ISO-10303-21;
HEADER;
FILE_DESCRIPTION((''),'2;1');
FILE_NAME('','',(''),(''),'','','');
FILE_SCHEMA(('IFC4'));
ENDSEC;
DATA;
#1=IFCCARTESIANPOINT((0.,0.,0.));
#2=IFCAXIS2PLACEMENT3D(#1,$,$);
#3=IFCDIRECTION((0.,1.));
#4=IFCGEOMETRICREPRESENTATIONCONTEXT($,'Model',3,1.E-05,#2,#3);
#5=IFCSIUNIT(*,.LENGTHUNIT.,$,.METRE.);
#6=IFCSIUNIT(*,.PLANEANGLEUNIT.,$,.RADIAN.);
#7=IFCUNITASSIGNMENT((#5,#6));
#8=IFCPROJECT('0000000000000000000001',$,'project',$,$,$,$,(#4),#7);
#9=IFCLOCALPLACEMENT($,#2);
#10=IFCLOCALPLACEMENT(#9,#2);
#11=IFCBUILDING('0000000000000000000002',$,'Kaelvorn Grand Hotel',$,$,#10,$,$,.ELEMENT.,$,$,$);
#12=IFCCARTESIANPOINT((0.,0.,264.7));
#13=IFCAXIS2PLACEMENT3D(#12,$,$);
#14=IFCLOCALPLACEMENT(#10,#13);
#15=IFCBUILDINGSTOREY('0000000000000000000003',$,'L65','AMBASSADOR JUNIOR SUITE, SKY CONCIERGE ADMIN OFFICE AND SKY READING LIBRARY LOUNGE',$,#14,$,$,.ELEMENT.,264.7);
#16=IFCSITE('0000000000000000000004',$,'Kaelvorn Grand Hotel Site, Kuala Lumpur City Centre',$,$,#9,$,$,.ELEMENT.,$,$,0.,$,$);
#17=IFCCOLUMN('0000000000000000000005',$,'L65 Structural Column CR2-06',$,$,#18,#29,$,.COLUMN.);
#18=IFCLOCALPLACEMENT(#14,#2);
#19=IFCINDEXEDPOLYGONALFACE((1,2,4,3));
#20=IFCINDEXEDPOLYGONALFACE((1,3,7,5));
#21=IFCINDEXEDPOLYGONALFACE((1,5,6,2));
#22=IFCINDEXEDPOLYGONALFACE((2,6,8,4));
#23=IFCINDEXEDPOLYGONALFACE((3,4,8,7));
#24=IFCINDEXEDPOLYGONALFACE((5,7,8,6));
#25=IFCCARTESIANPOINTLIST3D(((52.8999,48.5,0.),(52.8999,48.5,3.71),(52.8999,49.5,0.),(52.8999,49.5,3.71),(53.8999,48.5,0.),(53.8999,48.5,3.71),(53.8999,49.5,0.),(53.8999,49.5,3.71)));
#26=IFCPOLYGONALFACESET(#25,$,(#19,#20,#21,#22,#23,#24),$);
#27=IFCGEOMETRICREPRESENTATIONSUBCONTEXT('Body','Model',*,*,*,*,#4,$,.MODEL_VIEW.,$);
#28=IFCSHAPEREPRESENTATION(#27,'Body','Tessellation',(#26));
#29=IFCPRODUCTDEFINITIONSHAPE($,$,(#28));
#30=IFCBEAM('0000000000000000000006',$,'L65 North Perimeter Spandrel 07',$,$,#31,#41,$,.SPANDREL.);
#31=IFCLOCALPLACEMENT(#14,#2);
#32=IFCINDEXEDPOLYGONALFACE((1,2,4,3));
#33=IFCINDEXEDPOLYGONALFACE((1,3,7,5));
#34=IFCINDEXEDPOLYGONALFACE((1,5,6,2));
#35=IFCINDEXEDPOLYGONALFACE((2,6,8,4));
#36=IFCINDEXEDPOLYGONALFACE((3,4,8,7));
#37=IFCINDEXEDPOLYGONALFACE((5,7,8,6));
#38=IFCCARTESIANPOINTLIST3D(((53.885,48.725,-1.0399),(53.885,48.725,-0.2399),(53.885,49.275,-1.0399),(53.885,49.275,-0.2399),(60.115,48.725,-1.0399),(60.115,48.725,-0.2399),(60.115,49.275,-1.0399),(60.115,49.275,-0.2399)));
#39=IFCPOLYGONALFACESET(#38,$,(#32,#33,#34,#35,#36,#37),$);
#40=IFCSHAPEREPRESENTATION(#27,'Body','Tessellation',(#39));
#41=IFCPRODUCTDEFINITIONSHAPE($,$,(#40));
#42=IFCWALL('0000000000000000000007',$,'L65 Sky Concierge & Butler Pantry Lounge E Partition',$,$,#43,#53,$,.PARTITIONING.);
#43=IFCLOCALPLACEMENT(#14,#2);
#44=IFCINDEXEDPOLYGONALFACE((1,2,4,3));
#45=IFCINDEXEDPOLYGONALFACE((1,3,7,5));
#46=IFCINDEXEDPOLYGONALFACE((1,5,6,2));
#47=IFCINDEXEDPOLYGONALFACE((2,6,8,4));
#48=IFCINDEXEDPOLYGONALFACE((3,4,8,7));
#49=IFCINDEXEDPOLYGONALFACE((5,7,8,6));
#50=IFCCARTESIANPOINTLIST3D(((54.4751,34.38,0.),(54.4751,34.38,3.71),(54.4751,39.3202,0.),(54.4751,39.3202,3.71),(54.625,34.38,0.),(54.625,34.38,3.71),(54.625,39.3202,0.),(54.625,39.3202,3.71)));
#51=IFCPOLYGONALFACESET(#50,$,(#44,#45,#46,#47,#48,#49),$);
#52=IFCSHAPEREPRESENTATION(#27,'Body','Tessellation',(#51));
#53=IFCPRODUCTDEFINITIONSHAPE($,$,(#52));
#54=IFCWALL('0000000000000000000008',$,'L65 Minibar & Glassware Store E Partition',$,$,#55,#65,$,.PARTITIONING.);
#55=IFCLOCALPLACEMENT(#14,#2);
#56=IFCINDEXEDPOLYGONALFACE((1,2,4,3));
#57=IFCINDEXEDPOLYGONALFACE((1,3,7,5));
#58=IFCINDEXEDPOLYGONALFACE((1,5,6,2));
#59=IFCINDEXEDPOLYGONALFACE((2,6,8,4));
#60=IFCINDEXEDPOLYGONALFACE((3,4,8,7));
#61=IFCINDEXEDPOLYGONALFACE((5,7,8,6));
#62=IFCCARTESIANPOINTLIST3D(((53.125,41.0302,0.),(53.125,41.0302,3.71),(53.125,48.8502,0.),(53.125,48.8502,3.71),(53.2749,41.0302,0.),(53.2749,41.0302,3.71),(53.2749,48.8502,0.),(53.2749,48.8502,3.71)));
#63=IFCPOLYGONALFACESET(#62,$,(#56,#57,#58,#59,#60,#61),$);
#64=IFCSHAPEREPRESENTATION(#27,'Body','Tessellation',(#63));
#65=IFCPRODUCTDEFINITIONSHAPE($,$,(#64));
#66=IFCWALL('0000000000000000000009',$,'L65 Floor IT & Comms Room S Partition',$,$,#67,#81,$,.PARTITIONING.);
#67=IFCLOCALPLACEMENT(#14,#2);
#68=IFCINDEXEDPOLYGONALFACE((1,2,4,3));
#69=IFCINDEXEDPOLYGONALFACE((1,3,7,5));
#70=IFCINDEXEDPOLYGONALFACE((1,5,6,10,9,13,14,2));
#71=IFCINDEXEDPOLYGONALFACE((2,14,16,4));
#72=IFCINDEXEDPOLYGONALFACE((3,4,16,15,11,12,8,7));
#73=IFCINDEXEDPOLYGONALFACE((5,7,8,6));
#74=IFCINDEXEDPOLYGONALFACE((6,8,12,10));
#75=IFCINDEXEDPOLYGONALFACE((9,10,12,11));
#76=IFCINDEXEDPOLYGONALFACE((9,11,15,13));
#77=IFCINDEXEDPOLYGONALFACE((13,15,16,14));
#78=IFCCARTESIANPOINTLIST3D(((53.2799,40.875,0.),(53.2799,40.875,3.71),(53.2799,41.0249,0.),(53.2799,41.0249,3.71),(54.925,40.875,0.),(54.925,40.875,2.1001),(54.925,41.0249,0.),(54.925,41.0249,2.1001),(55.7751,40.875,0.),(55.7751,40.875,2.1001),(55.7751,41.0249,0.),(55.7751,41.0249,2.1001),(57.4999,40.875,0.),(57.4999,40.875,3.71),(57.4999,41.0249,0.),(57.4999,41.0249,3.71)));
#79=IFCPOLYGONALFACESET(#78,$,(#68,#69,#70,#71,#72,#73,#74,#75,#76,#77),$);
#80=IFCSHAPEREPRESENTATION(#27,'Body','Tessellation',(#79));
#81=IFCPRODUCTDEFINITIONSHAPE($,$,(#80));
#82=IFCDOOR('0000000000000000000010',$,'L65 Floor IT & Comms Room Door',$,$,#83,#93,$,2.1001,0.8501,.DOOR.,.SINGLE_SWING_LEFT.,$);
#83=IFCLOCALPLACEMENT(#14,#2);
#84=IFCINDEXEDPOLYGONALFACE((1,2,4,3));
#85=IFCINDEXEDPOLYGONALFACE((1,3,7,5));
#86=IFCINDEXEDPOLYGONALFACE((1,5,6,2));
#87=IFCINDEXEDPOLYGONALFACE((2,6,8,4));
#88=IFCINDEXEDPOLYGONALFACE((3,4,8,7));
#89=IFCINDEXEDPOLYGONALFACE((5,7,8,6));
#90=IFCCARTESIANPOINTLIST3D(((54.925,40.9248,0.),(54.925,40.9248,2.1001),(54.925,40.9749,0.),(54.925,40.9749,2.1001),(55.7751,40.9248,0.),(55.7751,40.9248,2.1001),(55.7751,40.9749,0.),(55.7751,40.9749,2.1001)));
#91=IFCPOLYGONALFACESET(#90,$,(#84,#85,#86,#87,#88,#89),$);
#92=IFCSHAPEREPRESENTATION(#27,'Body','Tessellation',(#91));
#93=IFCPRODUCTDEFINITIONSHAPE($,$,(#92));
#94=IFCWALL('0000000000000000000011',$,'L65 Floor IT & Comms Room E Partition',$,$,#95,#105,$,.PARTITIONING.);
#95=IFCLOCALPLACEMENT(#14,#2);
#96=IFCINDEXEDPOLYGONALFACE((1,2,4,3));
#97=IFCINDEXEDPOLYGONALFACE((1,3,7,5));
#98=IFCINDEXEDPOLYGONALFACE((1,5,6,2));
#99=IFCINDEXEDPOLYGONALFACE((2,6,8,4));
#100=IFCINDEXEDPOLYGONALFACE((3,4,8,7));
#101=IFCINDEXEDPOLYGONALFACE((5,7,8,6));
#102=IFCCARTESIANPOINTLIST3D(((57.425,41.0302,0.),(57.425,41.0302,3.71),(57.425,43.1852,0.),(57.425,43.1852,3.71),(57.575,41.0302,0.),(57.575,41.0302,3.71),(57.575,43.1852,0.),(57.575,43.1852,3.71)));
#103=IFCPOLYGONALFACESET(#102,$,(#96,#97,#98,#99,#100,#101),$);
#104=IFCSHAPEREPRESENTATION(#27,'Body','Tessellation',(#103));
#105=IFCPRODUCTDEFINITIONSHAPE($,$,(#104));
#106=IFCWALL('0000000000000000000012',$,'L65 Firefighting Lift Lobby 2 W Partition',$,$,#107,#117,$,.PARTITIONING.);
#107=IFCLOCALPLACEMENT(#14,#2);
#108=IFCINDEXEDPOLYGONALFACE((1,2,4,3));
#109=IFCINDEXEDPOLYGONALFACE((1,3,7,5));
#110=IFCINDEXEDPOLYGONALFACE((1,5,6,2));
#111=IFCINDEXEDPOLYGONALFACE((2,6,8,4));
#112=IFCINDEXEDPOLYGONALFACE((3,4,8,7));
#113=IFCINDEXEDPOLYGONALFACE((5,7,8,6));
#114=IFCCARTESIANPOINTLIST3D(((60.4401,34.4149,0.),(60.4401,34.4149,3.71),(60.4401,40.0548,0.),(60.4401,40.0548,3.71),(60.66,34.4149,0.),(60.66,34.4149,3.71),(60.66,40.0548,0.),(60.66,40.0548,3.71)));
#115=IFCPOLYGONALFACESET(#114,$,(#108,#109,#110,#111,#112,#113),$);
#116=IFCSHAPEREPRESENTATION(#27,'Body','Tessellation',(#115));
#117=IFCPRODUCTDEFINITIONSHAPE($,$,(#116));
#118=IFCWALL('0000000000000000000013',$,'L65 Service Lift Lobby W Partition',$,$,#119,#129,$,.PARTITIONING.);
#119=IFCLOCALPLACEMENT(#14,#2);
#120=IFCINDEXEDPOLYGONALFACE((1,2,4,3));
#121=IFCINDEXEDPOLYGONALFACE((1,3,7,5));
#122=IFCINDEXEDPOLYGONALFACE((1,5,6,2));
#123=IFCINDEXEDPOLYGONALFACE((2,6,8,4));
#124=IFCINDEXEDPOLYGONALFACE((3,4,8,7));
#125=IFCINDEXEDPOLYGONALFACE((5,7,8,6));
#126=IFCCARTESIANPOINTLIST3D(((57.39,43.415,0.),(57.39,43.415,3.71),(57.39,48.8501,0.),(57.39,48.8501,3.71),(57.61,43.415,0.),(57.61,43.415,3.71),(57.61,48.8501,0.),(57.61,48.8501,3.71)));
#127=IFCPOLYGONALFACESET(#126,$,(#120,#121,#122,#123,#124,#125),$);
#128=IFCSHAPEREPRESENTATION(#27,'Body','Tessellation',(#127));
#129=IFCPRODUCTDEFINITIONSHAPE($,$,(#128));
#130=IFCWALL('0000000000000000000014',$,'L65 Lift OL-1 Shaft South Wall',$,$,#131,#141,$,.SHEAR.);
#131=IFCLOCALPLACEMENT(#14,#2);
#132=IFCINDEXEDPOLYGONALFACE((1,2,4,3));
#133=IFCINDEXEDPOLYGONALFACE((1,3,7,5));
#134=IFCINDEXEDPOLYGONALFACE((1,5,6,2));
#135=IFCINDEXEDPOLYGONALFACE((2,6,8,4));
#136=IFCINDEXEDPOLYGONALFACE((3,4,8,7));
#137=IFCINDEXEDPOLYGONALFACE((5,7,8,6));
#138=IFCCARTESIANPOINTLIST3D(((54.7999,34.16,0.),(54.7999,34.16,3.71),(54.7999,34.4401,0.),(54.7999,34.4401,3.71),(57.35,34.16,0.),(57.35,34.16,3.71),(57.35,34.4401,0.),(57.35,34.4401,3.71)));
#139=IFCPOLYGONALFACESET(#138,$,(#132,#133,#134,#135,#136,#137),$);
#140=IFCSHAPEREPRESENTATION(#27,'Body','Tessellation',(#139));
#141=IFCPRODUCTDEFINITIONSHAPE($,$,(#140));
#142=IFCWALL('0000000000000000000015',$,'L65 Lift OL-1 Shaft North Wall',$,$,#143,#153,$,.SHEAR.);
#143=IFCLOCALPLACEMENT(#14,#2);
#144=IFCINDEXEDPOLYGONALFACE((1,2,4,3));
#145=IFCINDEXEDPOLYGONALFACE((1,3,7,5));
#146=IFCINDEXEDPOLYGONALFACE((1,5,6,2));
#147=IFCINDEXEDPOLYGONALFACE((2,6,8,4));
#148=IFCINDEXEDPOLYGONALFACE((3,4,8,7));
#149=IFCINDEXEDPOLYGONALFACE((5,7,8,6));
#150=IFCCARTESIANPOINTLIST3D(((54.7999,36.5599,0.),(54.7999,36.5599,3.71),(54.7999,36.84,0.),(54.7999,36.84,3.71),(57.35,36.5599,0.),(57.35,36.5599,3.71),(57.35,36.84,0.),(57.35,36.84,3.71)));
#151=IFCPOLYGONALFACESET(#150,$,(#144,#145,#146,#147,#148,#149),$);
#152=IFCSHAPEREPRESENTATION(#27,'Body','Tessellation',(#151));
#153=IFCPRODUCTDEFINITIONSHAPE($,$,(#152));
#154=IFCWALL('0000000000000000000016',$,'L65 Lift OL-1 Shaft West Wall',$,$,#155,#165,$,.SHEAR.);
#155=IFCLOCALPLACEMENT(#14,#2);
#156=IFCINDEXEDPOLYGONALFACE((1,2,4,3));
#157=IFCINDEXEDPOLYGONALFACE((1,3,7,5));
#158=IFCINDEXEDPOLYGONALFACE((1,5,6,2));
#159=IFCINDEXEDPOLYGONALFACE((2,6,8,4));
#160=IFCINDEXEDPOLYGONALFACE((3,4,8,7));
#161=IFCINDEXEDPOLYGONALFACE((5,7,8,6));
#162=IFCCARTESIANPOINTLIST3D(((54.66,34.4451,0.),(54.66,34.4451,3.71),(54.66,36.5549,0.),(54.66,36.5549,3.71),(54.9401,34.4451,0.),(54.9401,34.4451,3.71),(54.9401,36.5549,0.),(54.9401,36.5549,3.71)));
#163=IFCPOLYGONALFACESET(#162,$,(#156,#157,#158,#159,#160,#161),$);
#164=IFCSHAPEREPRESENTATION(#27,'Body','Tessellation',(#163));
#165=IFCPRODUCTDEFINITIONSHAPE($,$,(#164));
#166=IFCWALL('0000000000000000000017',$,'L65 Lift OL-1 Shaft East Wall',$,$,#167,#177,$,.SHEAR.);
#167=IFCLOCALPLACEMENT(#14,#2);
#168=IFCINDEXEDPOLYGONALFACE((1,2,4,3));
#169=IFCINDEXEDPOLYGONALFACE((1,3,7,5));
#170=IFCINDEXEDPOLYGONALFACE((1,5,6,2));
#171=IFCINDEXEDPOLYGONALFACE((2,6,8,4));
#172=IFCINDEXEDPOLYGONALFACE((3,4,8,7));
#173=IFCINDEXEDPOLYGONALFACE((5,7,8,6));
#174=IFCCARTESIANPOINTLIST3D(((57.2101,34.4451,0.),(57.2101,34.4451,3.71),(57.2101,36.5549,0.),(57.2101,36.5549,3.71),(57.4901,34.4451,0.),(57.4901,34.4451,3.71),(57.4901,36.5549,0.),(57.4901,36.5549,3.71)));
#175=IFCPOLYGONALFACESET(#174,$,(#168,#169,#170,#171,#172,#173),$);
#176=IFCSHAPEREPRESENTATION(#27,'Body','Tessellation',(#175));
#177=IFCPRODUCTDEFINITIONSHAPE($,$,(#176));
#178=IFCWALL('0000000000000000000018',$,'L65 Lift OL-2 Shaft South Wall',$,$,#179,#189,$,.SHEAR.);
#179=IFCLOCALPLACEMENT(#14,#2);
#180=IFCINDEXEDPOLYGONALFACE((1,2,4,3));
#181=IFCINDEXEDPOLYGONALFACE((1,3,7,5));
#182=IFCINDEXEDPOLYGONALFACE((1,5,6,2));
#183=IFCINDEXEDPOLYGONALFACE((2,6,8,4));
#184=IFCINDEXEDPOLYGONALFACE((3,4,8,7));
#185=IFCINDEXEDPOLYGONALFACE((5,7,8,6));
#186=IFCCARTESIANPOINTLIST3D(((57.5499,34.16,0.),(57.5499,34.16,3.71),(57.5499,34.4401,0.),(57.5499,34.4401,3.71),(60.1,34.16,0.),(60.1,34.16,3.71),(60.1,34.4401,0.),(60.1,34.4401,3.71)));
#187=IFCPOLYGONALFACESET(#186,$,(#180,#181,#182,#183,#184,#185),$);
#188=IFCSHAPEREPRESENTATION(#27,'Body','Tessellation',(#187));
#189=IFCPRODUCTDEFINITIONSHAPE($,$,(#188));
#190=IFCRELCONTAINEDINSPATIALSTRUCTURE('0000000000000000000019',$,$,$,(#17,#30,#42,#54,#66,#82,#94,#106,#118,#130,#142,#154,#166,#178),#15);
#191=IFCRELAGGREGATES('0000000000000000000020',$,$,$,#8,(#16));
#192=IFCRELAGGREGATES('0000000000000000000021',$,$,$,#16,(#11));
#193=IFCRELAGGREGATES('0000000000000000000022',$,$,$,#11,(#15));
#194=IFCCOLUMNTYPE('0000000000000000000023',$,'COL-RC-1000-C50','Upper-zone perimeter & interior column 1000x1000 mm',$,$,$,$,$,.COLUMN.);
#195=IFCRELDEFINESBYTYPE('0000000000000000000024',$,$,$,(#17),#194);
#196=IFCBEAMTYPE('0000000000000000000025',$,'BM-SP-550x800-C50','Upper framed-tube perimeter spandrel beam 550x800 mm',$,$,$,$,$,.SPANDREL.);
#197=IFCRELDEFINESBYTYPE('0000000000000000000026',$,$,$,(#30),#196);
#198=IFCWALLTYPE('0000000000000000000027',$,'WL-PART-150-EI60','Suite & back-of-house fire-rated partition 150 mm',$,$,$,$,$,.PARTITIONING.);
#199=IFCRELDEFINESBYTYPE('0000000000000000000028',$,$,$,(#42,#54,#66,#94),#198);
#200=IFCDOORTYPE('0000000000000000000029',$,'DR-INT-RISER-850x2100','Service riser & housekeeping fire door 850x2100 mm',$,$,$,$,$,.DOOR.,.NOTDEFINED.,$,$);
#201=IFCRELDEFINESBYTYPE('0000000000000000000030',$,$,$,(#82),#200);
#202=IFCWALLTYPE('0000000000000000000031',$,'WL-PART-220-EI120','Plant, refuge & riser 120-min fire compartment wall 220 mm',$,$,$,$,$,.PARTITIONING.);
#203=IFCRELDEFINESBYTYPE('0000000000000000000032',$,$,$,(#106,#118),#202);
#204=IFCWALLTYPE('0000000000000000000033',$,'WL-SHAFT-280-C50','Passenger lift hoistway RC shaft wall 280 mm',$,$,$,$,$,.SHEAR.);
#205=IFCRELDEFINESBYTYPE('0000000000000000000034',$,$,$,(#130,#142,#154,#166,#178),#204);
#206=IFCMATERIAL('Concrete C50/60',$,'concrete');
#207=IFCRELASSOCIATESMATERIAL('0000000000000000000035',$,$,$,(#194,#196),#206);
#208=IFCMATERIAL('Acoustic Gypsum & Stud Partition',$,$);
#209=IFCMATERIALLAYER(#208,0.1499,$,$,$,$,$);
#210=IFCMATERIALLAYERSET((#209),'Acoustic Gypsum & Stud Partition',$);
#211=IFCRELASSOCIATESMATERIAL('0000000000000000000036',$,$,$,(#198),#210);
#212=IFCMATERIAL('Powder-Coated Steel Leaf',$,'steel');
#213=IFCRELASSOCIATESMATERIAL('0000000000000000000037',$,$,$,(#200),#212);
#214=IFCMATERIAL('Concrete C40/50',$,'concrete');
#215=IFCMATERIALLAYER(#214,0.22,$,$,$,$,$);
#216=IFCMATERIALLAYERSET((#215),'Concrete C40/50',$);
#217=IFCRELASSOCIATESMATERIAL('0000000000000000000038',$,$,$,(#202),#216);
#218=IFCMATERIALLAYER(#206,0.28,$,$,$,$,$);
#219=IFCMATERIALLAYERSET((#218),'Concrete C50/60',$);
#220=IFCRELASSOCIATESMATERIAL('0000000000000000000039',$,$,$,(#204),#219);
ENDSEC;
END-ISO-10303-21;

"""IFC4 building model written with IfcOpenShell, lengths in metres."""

from ifc_helpers import new_model, si_unit, direction, frame, frame_2d, origin, origin_2d, place, context, subcontext, project, spatial, rectangle, extrude, material, layer, layer_set, material_profile, profile_set, type_object, element, fill, save


model = new_model("IFC4")

# Units and contexts
model_context = context("Model", 3, precision=1e-05, world=origin(), true_north=direction((0.0, 1.0)))
body_context = subcontext(model_context, "Body", "Model", "MODEL_VIEW")
ifc_project = project(units=[si_unit("LENGTHUNIT", "METRE"), si_unit("PLANEANGLEUNIT", "RADIAN")], contexts=[model_context])

# Site, building, storey
site_placement = place(None, origin())
site = spatial("IfcSite", under=ifc_project, at=site_placement, Name="Kaelvorn Grand Hotel Site, Kuala Lumpur City Centre", CompositionType="ELEMENT", RefElevation=0.0)
building_placement = place(site_placement, origin())
building = spatial("IfcBuilding", under=site, at=building_placement, Name="Kaelvorn Grand Hotel", CompositionType="ELEMENT")
storey_placement = place(building_placement, frame((0.0, 0.0, 264.7)))
storey = spatial("IfcBuildingStorey", under=building, at=storey_placement, Name="L65", Description="AMBASSADOR JUNIOR SUITE, SKY CONCIERGE ADMIN OFFICE AND SKY READING LIBRARY LOUNGE", CompositionType="ELEMENT", Elevation=264.7)

# Column
ifc_material_1 = material(Name="Concrete C50/60", Category="concrete")
ifc_material_profile_1 = material_profile(ifc_material_1, rectangle(XDim=1.0, YDim=1.0, at=origin_2d()), Name="RC COL 1000x1000")
ifc_profile_set_1 = profile_set([ifc_material_profile_1], Name="Concrete C50/60")
column_type = type_object("IfcColumnType", Name="COL-RC-1000-C50", Description="Upper-zone perimeter & interior column 1000x1000 mm", PredefinedType="COLUMN", material=ifc_profile_set_1)
column_placement = place(storey_placement, frame((53.3999, 49.0, 0.0), z_axis=(0.0, 0.0, 1.0), x_axis=(1.0, 0.0, 0.0)))
element("IfcColumn", 1, at=column_placement, inside=storey, type_object=column_type, Name="L65 Structural Column CR2-06", PredefinedType="COLUMN", context=body_context, shape_type="SweptSolid", body=[
    extrude(rectangle(XDim=1.0, YDim=1.0, at=origin_2d()), origin(), (0.0, 0.0, 1.0), 3.71),
])

# Beam
ifc_material_profile_2 = material_profile(ifc_material_1, rectangle(XDim=0.55, YDim=0.8, at=origin_2d()), Name="RC SPANDREL 550x800")
ifc_profile_set_2 = profile_set([ifc_material_profile_2], Name="Concrete C50/60")
beam_type = type_object("IfcBeamType", Name="BM-SP-550x800-C50", Description="Upper framed-tube perimeter spandrel beam 550x800 mm", PredefinedType="SPANDREL", material=ifc_profile_set_2)
beam_placement = place(storey_placement, frame((53.885, 49.0, -0.6399), z_axis=(1.0, 0.0, 0.0), x_axis=(0.0, 1.0, 0.0)))
element("IfcBeam", 2, at=beam_placement, inside=storey, type_object=beam_type, Name="L65 North Perimeter Spandrel 07", PredefinedType="SPANDREL", context=body_context, shape_type="SweptSolid", body=[
    extrude(rectangle(XDim=0.55, YDim=0.8, at=origin_2d()), origin(), (0.0, 0.0, 1.0), 6.23),
])

# Walls
ifc_material_2 = material(Name="Acoustic Gypsum & Stud Partition")
ifc_layer_1 = layer(ifc_material_2, 0.1499)
ifc_layer_set_1 = layer_set([ifc_layer_1], Name="Acoustic Gypsum & Stud Partition")
wall_type_1 = type_object("IfcWallType", Name="WL-PART-150-EI60", Description="Suite & back-of-house fire-rated partition 150 mm", PredefinedType="PARTITIONING", material=ifc_layer_set_1)
wall_1_placement = place(storey_placement, frame((54.55, 34.3799, 0.0), z_axis=(0.0, 0.0, 1.0), x_axis=(0.0, 1.0, 0.0)))
element("IfcWall", 3, at=wall_1_placement, inside=storey, type_object=wall_type_1, Name="L65 Sky Concierge & Butler Pantry Lounge E Partition", PredefinedType="PARTITIONING", context=body_context, shape_type="SweptSolid", body=[
    extrude(rectangle(XDim=4.9402, YDim=0.1499, at=frame_2d((2.4702, 0.0))), origin(), (0.0, 0.0, 1.0), 3.71),
])
wall_2_placement = place(storey_placement, frame((53.2, 41.03, 0.0), z_axis=(0.0, 0.0, 1.0), x_axis=(0.0, 1.0, 0.0)))
element("IfcWall", 4, at=wall_2_placement, inside=storey, type_object=wall_type_1, Name="L65 Minibar & Glassware Store E Partition", PredefinedType="PARTITIONING", context=body_context, shape_type="SweptSolid", body=[
    extrude(rectangle(XDim=7.8201, YDim=0.1499, at=frame_2d((3.9102, 0.0))), origin(), (0.0, 0.0, 1.0), 3.71),
])

# Wall, opening, door
wall_3_placement = place(storey_placement, frame((53.28, 40.95, 0.0), z_axis=(0.0, 0.0, 1.0), x_axis=(1.0, 0.0, 0.0)))
wall_3 = element("IfcWall", 5, at=wall_3_placement, inside=storey, type_object=wall_type_1, Name="L65 Floor IT & Comms Room S Partition", PredefinedType="PARTITIONING", context=body_context, shape_type="SweptSolid", body=[
    extrude(rectangle(XDim=4.22, YDim=0.1499, at=frame_2d((2.1099, 0.0))), origin(), (0.0, 0.0, 1.0), 3.71),
])
opening_1_placement = place(wall_3_placement, frame((1.645, 0.0, 0.0)))
opening_1 = element("IfcOpeningElement", 6, at=opening_1_placement, cuts=wall_3, PredefinedType="OPENING", context=body_context, shape_type="SweptSolid", body=[
    extrude(rectangle(XDim=0.8501, YDim=2.1001, at=frame_2d((0.425, 1.05))), frame((0.0, 0.085, 0.0), z_axis=(0.0, -1.0, 0.0), x_axis=(1.0, 0.0, 0.0)), (0.0, 0.0, 1.0), 0.1699),
])
ifc_material_3 = material(Name="Powder-Coated Steel Leaf", Category="steel")
door_type_1 = type_object("IfcDoorType", Name="DR-INT-RISER-850x2100", Description="Service riser & housekeeping fire door 850x2100 mm", OperationType="NOTDEFINED", PredefinedType="DOOR", material=ifc_material_3)
door_1_placement = place(opening_1_placement, origin())
door_1 = element("IfcDoor", 7, at=door_1_placement, inside=storey, type_object=door_type_1, Name="L65 Floor IT & Comms Room Door", OperationType="SINGLE_SWING_LEFT", OverallHeight=2.1001, OverallWidth=0.8501, PredefinedType="DOOR", context=body_context, shape_type="SweptSolid", body=[
    extrude(rectangle(XDim=0.8501, YDim=2.1001, at=frame_2d((0.425, 1.05))), frame((0.0, 0.0249, 0.0), z_axis=(0.0, -1.0, 0.0), x_axis=(1.0, 0.0, 0.0)), (0.0, 0.0, 1.0), 0.05),
])
fill(opening_1, door_1)

# Wall
wall_4_placement = place(storey_placement, frame((57.5, 41.03, 0.0), z_axis=(0.0, 0.0, 1.0), x_axis=(0.0, 1.0, 0.0)))
element("IfcWall", 8, at=wall_4_placement, inside=storey, type_object=wall_type_1, Name="L65 Floor IT & Comms Room E Partition", PredefinedType="PARTITIONING", context=body_context, shape_type="SweptSolid", body=[
    extrude(rectangle(XDim=2.155, YDim=0.1499, at=frame_2d((1.0776, 0.0))), origin(), (0.0, 0.0, 1.0), 3.71),
])

# Shared definitions
ifc_material_4 = material(Name="Concrete C40/50", Category="concrete")
ifc_layer_2 = layer(ifc_material_4, 0.22)
ifc_layer_set_2 = layer_set([ifc_layer_2], Name="Concrete C40/50")
wall_type_2 = type_object("IfcWallType", Name="WL-PART-220-EI120", Description="Plant, refuge & riser 120-min fire compartment wall 220 mm", PredefinedType="PARTITIONING", material=ifc_layer_set_2)

# Wall
wall_5_placement = place(storey_placement, frame((60.55, 34.415, 0.0), z_axis=(0.0, 0.0, 1.0), x_axis=(0.0, 1.0, 0.0)))
element("IfcWall", 9, at=wall_5_placement, inside=storey, type_object=wall_type_2, Name="L65 Firefighting Lift Lobby 2 W Partition", PredefinedType="PARTITIONING", context=body_context, shape_type="SweptSolid", body=[
    extrude(rectangle(XDim=5.6399, YDim=0.22, at=frame_2d((2.8198, 0.0))), origin(), (0.0, 0.0, 1.0), 3.71),
])

# Walls
wall_6_placement = place(storey_placement, frame((57.5, 43.415, 0.0), z_axis=(0.0, 0.0, 1.0), x_axis=(0.0, 1.0, 0.0)))
element("IfcWall", 10, at=wall_6_placement, inside=storey, type_object=wall_type_2, Name="L65 Service Lift Lobby W Partition", PredefinedType="PARTITIONING", context=body_context, shape_type="SweptSolid", body=[
    extrude(rectangle(XDim=5.4351, YDim=0.22, at=frame_2d((2.7175, 0.0))), origin(), (0.0, 0.0, 1.0), 3.71),
])
ifc_layer_3 = layer(ifc_material_1, 0.28)
ifc_layer_set_3 = layer_set([ifc_layer_3], Name="Concrete C50/60")
wall_type_3 = type_object("IfcWallType", Name="WL-SHAFT-280-C50", Description="Passenger lift hoistway RC shaft wall 280 mm", PredefinedType="SHEAR", material=ifc_layer_set_3)
for number, where, z_axis, x_axis, name in (
    (11, (54.8, 34.3, 0.0), (0.0, 0.0, 1.0), (1.0, 0.0, 0.0), "L65 Lift OL-1 Shaft South Wall"),
    (12, (54.8, 36.7, 0.0), (0.0, 0.0, 1.0), (1.0, 0.0, 0.0), "L65 Lift OL-1 Shaft North Wall"),
):
    element("IfcWall", number, at=place(storey_placement, frame(where, z_axis=z_axis, x_axis=x_axis)), inside=storey, type_object=wall_type_3, Name=name, PredefinedType="SHEAR", context=body_context, shape_type="SweptSolid", body=[
        extrude(rectangle(XDim=2.55, YDim=0.28, at=frame_2d((1.2749, 0.0))), origin(), (0.0, 0.0, 1.0), 3.71),
    ])
for number, where, z_axis, x_axis, name in (
    (13, (54.8, 34.4451, 0.0), (0.0, 0.0, 1.0), (0.0, 1.0, 0.0), "L65 Lift OL-1 Shaft West Wall"),
    (14, (57.3501, 34.4451, 0.0), (0.0, 0.0, 1.0), (0.0, 1.0, 0.0), "L65 Lift OL-1 Shaft East Wall"),
):
    element("IfcWall", number, at=place(storey_placement, frame(where, z_axis=z_axis, x_axis=x_axis)), inside=storey, type_object=wall_type_3, Name=name, PredefinedType="SHEAR", context=body_context, shape_type="SweptSolid", body=[
        extrude(rectangle(XDim=2.1099, YDim=0.28, at=frame_2d((1.0549, 0.0))), origin(), (0.0, 0.0, 1.0), 3.71),
    ])
for number, where, z_axis, x_axis, name in (
    (15, (57.55, 34.3, 0.0), (0.0, 0.0, 1.0), (1.0, 0.0, 0.0), "L65 Lift OL-2 Shaft South Wall"),
):
    element("IfcWall", number, at=place(storey_placement, frame(where, z_axis=z_axis, x_axis=x_axis)), inside=storey, type_object=wall_type_3, Name=name, PredefinedType="SHEAR", context=body_context, shape_type="SweptSolid", body=[
        extrude(rectangle(XDim=2.55, YDim=0.28, at=frame_2d((1.2749, 0.0))), origin(), (0.0, 0.0, 1.0), 3.71),
    ])

save(model, "model.ifc")
